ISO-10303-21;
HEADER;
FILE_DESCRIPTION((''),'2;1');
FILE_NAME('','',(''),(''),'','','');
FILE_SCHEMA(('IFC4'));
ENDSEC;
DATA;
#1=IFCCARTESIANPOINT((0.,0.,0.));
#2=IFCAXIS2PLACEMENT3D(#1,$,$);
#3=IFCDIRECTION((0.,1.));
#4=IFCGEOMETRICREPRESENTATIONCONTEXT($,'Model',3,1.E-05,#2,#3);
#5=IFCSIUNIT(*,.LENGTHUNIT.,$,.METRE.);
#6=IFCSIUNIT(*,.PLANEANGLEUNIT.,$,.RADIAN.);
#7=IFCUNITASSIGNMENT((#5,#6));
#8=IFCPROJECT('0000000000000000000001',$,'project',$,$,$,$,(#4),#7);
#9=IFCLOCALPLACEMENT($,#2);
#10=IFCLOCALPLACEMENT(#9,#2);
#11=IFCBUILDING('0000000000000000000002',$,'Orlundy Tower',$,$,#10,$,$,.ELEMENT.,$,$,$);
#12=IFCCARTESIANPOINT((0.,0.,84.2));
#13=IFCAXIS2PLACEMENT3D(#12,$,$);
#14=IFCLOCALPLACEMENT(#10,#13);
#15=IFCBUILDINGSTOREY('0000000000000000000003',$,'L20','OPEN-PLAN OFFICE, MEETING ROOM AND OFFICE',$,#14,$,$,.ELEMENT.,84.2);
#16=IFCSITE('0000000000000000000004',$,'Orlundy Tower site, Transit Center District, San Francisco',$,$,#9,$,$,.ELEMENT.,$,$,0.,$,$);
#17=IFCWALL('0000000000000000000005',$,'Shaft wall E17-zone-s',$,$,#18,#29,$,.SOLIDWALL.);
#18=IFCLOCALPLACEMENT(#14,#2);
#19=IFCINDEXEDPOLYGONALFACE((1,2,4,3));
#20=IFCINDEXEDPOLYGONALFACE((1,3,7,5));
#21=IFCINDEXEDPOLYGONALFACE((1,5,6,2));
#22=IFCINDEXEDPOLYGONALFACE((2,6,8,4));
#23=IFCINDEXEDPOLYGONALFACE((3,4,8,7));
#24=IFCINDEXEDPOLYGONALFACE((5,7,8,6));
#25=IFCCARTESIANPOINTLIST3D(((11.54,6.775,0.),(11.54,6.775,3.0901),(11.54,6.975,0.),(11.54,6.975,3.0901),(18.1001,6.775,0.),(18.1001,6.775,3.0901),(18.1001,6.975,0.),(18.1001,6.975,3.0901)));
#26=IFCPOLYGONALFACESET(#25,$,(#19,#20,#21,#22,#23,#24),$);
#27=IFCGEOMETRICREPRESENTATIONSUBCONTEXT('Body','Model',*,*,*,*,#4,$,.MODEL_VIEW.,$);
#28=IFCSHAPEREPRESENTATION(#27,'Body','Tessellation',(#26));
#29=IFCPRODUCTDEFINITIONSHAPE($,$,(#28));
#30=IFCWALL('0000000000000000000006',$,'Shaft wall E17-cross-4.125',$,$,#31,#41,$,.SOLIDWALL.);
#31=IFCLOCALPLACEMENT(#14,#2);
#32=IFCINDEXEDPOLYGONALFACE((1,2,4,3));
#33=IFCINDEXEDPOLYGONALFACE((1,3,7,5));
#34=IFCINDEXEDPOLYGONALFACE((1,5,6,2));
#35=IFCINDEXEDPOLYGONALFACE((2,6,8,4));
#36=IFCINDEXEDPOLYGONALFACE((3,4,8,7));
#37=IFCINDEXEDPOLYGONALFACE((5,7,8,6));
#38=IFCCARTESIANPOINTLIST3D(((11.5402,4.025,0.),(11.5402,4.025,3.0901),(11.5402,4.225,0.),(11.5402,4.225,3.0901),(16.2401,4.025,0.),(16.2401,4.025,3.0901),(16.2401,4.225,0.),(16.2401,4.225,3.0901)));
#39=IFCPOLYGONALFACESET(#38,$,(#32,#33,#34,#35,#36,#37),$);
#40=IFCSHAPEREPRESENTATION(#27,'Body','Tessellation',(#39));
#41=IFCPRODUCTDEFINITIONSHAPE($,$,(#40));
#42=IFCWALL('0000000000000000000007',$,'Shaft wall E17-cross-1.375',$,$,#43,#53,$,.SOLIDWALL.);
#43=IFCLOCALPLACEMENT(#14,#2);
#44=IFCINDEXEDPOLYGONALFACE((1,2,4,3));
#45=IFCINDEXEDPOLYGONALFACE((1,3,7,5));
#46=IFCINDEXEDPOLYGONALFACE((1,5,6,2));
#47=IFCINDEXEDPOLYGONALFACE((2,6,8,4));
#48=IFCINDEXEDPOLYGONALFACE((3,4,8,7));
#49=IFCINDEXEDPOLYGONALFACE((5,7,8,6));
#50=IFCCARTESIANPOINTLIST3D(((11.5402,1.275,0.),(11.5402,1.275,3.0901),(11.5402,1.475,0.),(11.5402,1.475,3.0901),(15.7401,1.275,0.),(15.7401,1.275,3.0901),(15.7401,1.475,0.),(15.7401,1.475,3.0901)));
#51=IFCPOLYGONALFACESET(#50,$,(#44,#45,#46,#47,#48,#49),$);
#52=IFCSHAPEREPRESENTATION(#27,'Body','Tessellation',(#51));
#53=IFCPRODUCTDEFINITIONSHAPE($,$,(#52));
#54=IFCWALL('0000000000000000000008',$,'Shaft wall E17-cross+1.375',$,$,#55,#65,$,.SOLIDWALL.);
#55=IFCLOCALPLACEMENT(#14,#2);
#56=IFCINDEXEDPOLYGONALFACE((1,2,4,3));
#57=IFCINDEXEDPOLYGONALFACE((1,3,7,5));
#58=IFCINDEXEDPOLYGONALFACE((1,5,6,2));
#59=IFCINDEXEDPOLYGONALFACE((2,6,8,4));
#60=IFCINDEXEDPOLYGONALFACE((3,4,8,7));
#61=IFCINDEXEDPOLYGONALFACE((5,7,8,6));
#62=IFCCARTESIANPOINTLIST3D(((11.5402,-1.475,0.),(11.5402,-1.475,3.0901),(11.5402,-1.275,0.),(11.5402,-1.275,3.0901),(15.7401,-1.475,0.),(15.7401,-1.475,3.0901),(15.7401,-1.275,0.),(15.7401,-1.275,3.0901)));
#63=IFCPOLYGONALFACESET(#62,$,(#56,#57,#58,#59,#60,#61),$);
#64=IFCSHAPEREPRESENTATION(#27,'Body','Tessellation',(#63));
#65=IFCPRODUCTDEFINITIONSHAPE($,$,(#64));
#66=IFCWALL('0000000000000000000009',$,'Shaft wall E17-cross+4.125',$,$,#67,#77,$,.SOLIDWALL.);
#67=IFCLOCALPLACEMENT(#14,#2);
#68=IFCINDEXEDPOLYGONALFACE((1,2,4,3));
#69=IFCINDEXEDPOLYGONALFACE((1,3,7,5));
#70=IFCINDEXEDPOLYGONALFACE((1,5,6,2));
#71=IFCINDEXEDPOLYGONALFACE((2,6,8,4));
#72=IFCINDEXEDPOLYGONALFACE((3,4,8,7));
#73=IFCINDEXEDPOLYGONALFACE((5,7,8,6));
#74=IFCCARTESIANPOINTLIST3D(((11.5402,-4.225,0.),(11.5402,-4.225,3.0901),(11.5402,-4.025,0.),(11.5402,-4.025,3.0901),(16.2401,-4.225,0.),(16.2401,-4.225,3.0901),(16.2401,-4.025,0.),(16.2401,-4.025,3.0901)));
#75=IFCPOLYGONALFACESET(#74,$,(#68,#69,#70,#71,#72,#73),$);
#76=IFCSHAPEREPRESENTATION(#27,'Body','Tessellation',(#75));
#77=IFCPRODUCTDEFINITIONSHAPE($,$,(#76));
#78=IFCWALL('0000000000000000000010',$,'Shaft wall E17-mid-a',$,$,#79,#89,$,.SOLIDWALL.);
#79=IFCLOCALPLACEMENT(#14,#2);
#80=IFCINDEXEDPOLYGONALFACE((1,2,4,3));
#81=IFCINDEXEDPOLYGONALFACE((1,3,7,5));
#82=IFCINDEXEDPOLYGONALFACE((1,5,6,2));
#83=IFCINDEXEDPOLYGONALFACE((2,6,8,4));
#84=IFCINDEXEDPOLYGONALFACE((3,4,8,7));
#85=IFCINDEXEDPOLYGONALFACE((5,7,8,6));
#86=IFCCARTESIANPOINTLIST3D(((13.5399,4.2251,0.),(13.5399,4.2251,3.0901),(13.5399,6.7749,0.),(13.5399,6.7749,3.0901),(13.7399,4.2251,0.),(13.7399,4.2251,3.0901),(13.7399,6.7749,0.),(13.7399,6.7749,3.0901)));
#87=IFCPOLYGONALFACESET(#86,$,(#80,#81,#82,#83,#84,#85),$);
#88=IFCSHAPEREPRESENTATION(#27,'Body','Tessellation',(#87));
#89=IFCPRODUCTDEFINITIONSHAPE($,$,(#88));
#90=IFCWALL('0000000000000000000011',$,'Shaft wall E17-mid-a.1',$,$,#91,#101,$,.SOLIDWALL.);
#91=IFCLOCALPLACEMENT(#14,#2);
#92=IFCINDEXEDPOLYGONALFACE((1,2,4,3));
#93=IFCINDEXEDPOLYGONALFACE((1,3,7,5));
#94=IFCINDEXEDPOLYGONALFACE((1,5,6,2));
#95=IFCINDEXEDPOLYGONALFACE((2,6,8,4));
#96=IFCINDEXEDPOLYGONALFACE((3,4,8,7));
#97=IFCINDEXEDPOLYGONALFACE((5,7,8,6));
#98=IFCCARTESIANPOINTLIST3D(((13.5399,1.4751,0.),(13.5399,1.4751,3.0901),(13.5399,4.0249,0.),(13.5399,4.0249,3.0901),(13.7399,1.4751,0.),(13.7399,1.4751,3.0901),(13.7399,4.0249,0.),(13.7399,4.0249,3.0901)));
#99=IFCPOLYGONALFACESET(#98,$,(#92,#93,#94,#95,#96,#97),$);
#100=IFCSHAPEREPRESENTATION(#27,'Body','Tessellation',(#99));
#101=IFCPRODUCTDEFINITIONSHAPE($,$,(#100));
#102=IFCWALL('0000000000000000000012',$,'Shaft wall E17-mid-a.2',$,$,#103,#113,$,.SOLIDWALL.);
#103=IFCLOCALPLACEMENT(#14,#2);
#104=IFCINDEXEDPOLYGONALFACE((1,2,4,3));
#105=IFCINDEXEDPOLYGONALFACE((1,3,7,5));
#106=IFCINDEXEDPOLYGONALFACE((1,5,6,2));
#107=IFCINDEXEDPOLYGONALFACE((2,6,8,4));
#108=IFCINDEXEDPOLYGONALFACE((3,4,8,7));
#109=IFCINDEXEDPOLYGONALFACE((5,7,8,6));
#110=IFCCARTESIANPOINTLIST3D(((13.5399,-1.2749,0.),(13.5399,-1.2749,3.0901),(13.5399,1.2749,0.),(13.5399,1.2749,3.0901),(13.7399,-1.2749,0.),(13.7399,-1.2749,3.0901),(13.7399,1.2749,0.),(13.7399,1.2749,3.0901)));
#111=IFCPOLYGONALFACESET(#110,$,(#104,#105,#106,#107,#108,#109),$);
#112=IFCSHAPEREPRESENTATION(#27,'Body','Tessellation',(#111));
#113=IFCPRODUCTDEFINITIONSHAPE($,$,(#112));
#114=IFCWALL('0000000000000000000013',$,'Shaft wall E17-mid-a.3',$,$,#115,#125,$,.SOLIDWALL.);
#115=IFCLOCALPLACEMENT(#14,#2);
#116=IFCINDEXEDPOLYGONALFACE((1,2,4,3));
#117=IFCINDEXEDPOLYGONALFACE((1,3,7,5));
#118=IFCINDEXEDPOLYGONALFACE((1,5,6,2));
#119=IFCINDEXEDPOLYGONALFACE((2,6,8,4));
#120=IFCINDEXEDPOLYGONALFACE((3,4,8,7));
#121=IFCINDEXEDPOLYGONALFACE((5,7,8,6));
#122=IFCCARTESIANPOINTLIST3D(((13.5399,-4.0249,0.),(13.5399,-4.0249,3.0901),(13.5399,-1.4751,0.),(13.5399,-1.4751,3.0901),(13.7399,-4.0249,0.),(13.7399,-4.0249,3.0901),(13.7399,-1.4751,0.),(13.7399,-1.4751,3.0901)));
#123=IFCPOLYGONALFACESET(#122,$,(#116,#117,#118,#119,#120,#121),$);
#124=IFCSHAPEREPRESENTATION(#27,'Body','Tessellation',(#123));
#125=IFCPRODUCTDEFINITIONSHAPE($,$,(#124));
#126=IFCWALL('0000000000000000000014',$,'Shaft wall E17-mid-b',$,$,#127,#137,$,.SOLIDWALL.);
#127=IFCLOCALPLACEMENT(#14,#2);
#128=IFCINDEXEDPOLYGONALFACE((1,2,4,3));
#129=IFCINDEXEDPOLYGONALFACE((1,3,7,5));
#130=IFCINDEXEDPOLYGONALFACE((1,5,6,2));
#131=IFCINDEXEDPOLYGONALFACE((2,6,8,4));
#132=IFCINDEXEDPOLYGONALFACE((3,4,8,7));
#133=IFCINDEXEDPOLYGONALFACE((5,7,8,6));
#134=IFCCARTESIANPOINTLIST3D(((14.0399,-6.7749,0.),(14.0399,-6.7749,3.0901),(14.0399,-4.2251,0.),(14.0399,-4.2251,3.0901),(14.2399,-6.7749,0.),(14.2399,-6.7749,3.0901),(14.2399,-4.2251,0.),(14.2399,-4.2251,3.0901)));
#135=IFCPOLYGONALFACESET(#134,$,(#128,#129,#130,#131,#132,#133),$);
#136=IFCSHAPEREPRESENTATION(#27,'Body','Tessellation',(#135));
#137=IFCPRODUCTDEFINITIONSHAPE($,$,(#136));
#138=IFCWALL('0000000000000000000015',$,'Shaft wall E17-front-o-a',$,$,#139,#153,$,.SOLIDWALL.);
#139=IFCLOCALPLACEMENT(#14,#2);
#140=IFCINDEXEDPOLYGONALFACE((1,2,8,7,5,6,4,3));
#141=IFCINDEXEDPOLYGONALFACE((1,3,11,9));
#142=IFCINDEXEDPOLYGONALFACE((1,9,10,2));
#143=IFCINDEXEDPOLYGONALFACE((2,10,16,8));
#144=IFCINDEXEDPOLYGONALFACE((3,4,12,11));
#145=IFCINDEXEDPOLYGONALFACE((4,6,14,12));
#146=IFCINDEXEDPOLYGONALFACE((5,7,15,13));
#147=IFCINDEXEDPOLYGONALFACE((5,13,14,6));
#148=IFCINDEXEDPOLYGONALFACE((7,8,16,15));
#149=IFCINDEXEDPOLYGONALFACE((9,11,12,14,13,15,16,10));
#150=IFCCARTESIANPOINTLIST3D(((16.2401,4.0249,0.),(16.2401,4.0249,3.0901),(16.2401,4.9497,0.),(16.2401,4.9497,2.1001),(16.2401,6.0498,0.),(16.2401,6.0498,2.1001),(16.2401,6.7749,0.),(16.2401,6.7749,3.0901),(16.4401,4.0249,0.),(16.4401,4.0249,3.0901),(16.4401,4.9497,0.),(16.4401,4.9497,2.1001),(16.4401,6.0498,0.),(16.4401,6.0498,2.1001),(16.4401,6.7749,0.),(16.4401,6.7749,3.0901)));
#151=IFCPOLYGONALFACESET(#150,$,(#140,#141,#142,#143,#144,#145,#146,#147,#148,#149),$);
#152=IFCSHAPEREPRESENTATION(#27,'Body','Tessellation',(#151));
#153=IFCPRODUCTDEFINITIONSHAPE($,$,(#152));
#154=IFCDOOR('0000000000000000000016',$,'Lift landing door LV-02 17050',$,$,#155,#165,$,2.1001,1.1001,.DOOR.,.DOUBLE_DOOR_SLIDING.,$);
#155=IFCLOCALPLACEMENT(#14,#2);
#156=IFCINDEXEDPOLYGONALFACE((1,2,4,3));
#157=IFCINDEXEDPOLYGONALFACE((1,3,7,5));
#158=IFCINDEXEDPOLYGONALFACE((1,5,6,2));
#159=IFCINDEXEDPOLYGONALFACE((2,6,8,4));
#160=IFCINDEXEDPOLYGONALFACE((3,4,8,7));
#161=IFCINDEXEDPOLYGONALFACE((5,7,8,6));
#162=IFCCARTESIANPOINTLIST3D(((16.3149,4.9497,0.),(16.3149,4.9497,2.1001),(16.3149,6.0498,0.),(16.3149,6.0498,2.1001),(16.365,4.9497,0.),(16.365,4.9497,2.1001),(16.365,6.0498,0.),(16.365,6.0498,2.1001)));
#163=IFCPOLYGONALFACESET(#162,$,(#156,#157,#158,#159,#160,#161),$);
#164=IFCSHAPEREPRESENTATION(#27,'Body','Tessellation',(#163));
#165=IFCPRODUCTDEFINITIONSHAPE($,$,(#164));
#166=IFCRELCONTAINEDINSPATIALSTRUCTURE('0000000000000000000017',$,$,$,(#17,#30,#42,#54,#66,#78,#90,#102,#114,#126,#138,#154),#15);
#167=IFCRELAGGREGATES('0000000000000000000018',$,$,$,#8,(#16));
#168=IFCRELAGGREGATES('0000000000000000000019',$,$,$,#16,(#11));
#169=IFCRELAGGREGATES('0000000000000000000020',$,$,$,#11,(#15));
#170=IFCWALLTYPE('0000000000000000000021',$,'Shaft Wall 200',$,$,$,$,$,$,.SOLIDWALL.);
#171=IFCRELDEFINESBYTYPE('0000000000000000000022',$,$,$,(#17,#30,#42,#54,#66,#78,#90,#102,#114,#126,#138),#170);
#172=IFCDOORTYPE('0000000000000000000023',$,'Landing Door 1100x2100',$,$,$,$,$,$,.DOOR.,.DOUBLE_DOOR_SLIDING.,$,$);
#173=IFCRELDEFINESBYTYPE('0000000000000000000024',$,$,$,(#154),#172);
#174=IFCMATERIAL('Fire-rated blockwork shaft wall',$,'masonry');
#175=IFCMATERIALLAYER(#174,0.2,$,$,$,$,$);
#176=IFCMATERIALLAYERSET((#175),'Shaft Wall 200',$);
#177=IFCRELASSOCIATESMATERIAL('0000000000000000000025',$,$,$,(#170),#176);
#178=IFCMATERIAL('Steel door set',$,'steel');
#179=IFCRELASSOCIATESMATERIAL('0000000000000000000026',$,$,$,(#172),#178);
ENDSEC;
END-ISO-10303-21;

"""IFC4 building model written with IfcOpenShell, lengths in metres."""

from ifc_helpers import new_model, si_unit, direction, frame, frame_2d, origin, place, context, subcontext, project, spatial, rectangle, extrude, material, layer, layer_set, type_object, element, fill, save


model = new_model("IFC4")

# Units and contexts
model_context = context("Model", 3, precision=1e-05, world=origin(), true_north=direction((0.0, 1.0)))
body_context = subcontext(model_context, "Body", "Model", "MODEL_VIEW")
ifc_project = project(units=[si_unit("LENGTHUNIT", "METRE"), si_unit("PLANEANGLEUNIT", "RADIAN")], contexts=[model_context])

# Site, building, storey
site_placement = place(None, origin())
site = spatial("IfcSite", under=ifc_project, at=site_placement, Name="Orlundy Tower site, Transit Center District, San Francisco", CompositionType="ELEMENT", RefElevation=0.0)
building_placement = place(site_placement, origin())
building = spatial("IfcBuilding", under=site, at=building_placement, Name="Orlundy Tower", CompositionType="ELEMENT")
storey_placement = place(building_placement, frame((0.0, 0.0, 84.2)))
storey = spatial("IfcBuildingStorey", under=building, at=storey_placement, Name="L20", Description="OPEN-PLAN OFFICE, MEETING ROOM AND OFFICE", CompositionType="ELEMENT", Elevation=84.2)

# Walls
ifc_material_1 = material(Name="Fire-rated blockwork shaft wall", Category="masonry")
ifc_layer = layer(ifc_material_1, 0.2)
ifc_layer_set = layer_set([ifc_layer], Name="Shaft Wall 200")
wall_type = type_object("IfcWallType", Name="Shaft Wall 200", PredefinedType="SOLIDWALL", material=ifc_layer_set)
wall_1_placement = place(storey_placement, frame((11.54, 6.875, 0.0), z_axis=(0.0, 0.0, 1.0), x_axis=(1.0, 0.0, 0.0)))
element("IfcWall", 1, at=wall_1_placement, inside=storey, type_object=wall_type, Name="Shaft wall E17-zone-s", PredefinedType="SOLIDWALL", context=body_context, shape_type="SweptSolid", body=[
    extrude(rectangle(XDim=6.5601, YDim=0.2, at=frame_2d((3.28, 0.0))), origin(), (0.0, 0.0, 1.0), 3.0901),
])
wall_2_placement = place(storey_placement, frame((11.54, 4.125, 0.0), z_axis=(0.0, 0.0, 1.0), x_axis=(1.0, 0.0, 0.0)))
element("IfcWall", 2, at=wall_2_placement, inside=storey, type_object=wall_type, Name="Shaft wall E17-cross-4.125", PredefinedType="SOLIDWALL", context=body_context, shape_type="SweptSolid", body=[
    extrude(rectangle(XDim=4.7, YDim=0.2, at=frame_2d((2.3501, 0.0))), origin(), (0.0, 0.0, 1.0), 3.0901),
])
for number, where, z_axis, x_axis, name in (
    (3, (11.54, 1.375, 0.0), (0.0, 0.0, 1.0), (1.0, 0.0, 0.0), "Shaft wall E17-cross-1.375"),
    (4, (11.54, -1.375, 0.0), (0.0, 0.0, 1.0), (1.0, 0.0, 0.0), "Shaft wall E17-cross+1.375"),
):
    element("IfcWall", number, at=place(storey_placement, frame(where, z_axis=z_axis, x_axis=x_axis)), inside=storey, type_object=wall_type, Name=name, PredefinedType="SOLIDWALL", context=body_context, shape_type="SweptSolid", body=[
        extrude(rectangle(XDim=4.2, YDim=0.2, at=frame_2d((2.1001, 0.0))), origin(), (0.0, 0.0, 1.0), 3.0901),
    ])
wall_3_placement = place(storey_placement, frame((11.54, -4.125, 0.0), z_axis=(0.0, 0.0, 1.0), x_axis=(1.0, 0.0, 0.0)))
element("IfcWall", 5, at=wall_3_placement, inside=storey, type_object=wall_type, Name="Shaft wall E17-cross+4.125", PredefinedType="SOLIDWALL", context=body_context, shape_type="SweptSolid", body=[
    extrude(rectangle(XDim=4.7, YDim=0.2, at=frame_2d((2.3501, 0.0))), origin(), (0.0, 0.0, 1.0), 3.0901),
])
for number, where, z_axis, x_axis, name in (
    (6, (13.6399, 6.7749, 0.0), (0.0, 0.0, 1.0), (0.0, -1.0, 0.0), "Shaft wall E17-mid-a"),
    (7, (13.6399, 4.0249, 0.0), (0.0, 0.0, 1.0), (0.0, -1.0, 0.0), "Shaft wall E17-mid-a.1"),
    (8, (13.6399, 1.2749, 0.0), (0.0, 0.0, 1.0), (0.0, -1.0, 0.0), "Shaft wall E17-mid-a.2"),
    (9, (13.6399, -1.4751, 0.0), (0.0, 0.0, 1.0), (0.0, -1.0, 0.0), "Shaft wall E17-mid-a.3"),
    (10, (14.1399, -4.2251, 0.0), (0.0, 0.0, 1.0), (0.0, -1.0, 0.0), "Shaft wall E17-mid-b"),
):
    element("IfcWall", number, at=place(storey_placement, frame(where, z_axis=z_axis, x_axis=x_axis)), inside=storey, type_object=wall_type, Name=name, PredefinedType="SOLIDWALL", context=body_context, shape_type="SweptSolid", body=[
        extrude(rectangle(XDim=2.5498, YDim=0.2, at=frame_2d((1.2749, 0.0))), origin(), (0.0, 0.0, 1.0), 3.0901),
    ])

# Wall, opening, door
wall_4_placement = place(storey_placement, frame((16.3401, 6.7749, 0.0), z_axis=(0.0, 0.0, 1.0), x_axis=(0.0, -1.0, 0.0)))
wall_4 = element("IfcWall", 11, at=wall_4_placement, inside=storey, type_object=wall_type, Name="Shaft wall E17-front-o-a", PredefinedType="SOLIDWALL", context=body_context, shape_type="SweptSolid", body=[
    extrude(rectangle(XDim=2.75, YDim=0.2, at=frame_2d((1.375, 0.0))), origin(), (0.0, 0.0, 1.0), 3.0901),
])
opening_1_placement = place(wall_4_placement, frame((0.7251, 0.0, 0.0)))
opening_1 = element("IfcOpeningElement", 12, at=opening_1_placement, cuts=wall_4, PredefinedType="OPENING", context=body_context, shape_type="SweptSolid", body=[
    extrude(rectangle(XDim=1.1001, YDim=2.1001, at=frame_2d((0.55, 1.05))), frame((0.0, 0.1101, 0.0), z_axis=(0.0, -1.0, 0.0), x_axis=(1.0, 0.0, 0.0)), (0.0, 0.0, 1.0), 0.2202),
])
ifc_material_2 = material(Name="Steel door set", Category="steel")
door_type = type_object("IfcDoorType", Name="Landing Door 1100x2100", OperationType="DOUBLE_DOOR_SLIDING", PredefinedType="DOOR", material=ifc_material_2)
door_1_placement = place(opening_1_placement, origin())
door_1 = element("IfcDoor", 13, at=door_1_placement, inside=storey, type_object=door_type, Name="Lift landing door LV-02 17050", OperationType="DOUBLE_DOOR_SLIDING", OverallHeight=2.1001, OverallWidth=1.1001, PredefinedType="DOOR", context=body_context, shape_type="SweptSolid", body=[
    extrude(rectangle(XDim=1.1001, YDim=2.1001, at=frame_2d((0.55, 1.05))), frame((0.0, 0.0249, 0.0), z_axis=(0.0, -1.0, 0.0), x_axis=(1.0, 0.0, 0.0)), (0.0, 0.0, 1.0), 0.05),
])
fill(opening_1, door_1)

save(model, "model.ifc")
